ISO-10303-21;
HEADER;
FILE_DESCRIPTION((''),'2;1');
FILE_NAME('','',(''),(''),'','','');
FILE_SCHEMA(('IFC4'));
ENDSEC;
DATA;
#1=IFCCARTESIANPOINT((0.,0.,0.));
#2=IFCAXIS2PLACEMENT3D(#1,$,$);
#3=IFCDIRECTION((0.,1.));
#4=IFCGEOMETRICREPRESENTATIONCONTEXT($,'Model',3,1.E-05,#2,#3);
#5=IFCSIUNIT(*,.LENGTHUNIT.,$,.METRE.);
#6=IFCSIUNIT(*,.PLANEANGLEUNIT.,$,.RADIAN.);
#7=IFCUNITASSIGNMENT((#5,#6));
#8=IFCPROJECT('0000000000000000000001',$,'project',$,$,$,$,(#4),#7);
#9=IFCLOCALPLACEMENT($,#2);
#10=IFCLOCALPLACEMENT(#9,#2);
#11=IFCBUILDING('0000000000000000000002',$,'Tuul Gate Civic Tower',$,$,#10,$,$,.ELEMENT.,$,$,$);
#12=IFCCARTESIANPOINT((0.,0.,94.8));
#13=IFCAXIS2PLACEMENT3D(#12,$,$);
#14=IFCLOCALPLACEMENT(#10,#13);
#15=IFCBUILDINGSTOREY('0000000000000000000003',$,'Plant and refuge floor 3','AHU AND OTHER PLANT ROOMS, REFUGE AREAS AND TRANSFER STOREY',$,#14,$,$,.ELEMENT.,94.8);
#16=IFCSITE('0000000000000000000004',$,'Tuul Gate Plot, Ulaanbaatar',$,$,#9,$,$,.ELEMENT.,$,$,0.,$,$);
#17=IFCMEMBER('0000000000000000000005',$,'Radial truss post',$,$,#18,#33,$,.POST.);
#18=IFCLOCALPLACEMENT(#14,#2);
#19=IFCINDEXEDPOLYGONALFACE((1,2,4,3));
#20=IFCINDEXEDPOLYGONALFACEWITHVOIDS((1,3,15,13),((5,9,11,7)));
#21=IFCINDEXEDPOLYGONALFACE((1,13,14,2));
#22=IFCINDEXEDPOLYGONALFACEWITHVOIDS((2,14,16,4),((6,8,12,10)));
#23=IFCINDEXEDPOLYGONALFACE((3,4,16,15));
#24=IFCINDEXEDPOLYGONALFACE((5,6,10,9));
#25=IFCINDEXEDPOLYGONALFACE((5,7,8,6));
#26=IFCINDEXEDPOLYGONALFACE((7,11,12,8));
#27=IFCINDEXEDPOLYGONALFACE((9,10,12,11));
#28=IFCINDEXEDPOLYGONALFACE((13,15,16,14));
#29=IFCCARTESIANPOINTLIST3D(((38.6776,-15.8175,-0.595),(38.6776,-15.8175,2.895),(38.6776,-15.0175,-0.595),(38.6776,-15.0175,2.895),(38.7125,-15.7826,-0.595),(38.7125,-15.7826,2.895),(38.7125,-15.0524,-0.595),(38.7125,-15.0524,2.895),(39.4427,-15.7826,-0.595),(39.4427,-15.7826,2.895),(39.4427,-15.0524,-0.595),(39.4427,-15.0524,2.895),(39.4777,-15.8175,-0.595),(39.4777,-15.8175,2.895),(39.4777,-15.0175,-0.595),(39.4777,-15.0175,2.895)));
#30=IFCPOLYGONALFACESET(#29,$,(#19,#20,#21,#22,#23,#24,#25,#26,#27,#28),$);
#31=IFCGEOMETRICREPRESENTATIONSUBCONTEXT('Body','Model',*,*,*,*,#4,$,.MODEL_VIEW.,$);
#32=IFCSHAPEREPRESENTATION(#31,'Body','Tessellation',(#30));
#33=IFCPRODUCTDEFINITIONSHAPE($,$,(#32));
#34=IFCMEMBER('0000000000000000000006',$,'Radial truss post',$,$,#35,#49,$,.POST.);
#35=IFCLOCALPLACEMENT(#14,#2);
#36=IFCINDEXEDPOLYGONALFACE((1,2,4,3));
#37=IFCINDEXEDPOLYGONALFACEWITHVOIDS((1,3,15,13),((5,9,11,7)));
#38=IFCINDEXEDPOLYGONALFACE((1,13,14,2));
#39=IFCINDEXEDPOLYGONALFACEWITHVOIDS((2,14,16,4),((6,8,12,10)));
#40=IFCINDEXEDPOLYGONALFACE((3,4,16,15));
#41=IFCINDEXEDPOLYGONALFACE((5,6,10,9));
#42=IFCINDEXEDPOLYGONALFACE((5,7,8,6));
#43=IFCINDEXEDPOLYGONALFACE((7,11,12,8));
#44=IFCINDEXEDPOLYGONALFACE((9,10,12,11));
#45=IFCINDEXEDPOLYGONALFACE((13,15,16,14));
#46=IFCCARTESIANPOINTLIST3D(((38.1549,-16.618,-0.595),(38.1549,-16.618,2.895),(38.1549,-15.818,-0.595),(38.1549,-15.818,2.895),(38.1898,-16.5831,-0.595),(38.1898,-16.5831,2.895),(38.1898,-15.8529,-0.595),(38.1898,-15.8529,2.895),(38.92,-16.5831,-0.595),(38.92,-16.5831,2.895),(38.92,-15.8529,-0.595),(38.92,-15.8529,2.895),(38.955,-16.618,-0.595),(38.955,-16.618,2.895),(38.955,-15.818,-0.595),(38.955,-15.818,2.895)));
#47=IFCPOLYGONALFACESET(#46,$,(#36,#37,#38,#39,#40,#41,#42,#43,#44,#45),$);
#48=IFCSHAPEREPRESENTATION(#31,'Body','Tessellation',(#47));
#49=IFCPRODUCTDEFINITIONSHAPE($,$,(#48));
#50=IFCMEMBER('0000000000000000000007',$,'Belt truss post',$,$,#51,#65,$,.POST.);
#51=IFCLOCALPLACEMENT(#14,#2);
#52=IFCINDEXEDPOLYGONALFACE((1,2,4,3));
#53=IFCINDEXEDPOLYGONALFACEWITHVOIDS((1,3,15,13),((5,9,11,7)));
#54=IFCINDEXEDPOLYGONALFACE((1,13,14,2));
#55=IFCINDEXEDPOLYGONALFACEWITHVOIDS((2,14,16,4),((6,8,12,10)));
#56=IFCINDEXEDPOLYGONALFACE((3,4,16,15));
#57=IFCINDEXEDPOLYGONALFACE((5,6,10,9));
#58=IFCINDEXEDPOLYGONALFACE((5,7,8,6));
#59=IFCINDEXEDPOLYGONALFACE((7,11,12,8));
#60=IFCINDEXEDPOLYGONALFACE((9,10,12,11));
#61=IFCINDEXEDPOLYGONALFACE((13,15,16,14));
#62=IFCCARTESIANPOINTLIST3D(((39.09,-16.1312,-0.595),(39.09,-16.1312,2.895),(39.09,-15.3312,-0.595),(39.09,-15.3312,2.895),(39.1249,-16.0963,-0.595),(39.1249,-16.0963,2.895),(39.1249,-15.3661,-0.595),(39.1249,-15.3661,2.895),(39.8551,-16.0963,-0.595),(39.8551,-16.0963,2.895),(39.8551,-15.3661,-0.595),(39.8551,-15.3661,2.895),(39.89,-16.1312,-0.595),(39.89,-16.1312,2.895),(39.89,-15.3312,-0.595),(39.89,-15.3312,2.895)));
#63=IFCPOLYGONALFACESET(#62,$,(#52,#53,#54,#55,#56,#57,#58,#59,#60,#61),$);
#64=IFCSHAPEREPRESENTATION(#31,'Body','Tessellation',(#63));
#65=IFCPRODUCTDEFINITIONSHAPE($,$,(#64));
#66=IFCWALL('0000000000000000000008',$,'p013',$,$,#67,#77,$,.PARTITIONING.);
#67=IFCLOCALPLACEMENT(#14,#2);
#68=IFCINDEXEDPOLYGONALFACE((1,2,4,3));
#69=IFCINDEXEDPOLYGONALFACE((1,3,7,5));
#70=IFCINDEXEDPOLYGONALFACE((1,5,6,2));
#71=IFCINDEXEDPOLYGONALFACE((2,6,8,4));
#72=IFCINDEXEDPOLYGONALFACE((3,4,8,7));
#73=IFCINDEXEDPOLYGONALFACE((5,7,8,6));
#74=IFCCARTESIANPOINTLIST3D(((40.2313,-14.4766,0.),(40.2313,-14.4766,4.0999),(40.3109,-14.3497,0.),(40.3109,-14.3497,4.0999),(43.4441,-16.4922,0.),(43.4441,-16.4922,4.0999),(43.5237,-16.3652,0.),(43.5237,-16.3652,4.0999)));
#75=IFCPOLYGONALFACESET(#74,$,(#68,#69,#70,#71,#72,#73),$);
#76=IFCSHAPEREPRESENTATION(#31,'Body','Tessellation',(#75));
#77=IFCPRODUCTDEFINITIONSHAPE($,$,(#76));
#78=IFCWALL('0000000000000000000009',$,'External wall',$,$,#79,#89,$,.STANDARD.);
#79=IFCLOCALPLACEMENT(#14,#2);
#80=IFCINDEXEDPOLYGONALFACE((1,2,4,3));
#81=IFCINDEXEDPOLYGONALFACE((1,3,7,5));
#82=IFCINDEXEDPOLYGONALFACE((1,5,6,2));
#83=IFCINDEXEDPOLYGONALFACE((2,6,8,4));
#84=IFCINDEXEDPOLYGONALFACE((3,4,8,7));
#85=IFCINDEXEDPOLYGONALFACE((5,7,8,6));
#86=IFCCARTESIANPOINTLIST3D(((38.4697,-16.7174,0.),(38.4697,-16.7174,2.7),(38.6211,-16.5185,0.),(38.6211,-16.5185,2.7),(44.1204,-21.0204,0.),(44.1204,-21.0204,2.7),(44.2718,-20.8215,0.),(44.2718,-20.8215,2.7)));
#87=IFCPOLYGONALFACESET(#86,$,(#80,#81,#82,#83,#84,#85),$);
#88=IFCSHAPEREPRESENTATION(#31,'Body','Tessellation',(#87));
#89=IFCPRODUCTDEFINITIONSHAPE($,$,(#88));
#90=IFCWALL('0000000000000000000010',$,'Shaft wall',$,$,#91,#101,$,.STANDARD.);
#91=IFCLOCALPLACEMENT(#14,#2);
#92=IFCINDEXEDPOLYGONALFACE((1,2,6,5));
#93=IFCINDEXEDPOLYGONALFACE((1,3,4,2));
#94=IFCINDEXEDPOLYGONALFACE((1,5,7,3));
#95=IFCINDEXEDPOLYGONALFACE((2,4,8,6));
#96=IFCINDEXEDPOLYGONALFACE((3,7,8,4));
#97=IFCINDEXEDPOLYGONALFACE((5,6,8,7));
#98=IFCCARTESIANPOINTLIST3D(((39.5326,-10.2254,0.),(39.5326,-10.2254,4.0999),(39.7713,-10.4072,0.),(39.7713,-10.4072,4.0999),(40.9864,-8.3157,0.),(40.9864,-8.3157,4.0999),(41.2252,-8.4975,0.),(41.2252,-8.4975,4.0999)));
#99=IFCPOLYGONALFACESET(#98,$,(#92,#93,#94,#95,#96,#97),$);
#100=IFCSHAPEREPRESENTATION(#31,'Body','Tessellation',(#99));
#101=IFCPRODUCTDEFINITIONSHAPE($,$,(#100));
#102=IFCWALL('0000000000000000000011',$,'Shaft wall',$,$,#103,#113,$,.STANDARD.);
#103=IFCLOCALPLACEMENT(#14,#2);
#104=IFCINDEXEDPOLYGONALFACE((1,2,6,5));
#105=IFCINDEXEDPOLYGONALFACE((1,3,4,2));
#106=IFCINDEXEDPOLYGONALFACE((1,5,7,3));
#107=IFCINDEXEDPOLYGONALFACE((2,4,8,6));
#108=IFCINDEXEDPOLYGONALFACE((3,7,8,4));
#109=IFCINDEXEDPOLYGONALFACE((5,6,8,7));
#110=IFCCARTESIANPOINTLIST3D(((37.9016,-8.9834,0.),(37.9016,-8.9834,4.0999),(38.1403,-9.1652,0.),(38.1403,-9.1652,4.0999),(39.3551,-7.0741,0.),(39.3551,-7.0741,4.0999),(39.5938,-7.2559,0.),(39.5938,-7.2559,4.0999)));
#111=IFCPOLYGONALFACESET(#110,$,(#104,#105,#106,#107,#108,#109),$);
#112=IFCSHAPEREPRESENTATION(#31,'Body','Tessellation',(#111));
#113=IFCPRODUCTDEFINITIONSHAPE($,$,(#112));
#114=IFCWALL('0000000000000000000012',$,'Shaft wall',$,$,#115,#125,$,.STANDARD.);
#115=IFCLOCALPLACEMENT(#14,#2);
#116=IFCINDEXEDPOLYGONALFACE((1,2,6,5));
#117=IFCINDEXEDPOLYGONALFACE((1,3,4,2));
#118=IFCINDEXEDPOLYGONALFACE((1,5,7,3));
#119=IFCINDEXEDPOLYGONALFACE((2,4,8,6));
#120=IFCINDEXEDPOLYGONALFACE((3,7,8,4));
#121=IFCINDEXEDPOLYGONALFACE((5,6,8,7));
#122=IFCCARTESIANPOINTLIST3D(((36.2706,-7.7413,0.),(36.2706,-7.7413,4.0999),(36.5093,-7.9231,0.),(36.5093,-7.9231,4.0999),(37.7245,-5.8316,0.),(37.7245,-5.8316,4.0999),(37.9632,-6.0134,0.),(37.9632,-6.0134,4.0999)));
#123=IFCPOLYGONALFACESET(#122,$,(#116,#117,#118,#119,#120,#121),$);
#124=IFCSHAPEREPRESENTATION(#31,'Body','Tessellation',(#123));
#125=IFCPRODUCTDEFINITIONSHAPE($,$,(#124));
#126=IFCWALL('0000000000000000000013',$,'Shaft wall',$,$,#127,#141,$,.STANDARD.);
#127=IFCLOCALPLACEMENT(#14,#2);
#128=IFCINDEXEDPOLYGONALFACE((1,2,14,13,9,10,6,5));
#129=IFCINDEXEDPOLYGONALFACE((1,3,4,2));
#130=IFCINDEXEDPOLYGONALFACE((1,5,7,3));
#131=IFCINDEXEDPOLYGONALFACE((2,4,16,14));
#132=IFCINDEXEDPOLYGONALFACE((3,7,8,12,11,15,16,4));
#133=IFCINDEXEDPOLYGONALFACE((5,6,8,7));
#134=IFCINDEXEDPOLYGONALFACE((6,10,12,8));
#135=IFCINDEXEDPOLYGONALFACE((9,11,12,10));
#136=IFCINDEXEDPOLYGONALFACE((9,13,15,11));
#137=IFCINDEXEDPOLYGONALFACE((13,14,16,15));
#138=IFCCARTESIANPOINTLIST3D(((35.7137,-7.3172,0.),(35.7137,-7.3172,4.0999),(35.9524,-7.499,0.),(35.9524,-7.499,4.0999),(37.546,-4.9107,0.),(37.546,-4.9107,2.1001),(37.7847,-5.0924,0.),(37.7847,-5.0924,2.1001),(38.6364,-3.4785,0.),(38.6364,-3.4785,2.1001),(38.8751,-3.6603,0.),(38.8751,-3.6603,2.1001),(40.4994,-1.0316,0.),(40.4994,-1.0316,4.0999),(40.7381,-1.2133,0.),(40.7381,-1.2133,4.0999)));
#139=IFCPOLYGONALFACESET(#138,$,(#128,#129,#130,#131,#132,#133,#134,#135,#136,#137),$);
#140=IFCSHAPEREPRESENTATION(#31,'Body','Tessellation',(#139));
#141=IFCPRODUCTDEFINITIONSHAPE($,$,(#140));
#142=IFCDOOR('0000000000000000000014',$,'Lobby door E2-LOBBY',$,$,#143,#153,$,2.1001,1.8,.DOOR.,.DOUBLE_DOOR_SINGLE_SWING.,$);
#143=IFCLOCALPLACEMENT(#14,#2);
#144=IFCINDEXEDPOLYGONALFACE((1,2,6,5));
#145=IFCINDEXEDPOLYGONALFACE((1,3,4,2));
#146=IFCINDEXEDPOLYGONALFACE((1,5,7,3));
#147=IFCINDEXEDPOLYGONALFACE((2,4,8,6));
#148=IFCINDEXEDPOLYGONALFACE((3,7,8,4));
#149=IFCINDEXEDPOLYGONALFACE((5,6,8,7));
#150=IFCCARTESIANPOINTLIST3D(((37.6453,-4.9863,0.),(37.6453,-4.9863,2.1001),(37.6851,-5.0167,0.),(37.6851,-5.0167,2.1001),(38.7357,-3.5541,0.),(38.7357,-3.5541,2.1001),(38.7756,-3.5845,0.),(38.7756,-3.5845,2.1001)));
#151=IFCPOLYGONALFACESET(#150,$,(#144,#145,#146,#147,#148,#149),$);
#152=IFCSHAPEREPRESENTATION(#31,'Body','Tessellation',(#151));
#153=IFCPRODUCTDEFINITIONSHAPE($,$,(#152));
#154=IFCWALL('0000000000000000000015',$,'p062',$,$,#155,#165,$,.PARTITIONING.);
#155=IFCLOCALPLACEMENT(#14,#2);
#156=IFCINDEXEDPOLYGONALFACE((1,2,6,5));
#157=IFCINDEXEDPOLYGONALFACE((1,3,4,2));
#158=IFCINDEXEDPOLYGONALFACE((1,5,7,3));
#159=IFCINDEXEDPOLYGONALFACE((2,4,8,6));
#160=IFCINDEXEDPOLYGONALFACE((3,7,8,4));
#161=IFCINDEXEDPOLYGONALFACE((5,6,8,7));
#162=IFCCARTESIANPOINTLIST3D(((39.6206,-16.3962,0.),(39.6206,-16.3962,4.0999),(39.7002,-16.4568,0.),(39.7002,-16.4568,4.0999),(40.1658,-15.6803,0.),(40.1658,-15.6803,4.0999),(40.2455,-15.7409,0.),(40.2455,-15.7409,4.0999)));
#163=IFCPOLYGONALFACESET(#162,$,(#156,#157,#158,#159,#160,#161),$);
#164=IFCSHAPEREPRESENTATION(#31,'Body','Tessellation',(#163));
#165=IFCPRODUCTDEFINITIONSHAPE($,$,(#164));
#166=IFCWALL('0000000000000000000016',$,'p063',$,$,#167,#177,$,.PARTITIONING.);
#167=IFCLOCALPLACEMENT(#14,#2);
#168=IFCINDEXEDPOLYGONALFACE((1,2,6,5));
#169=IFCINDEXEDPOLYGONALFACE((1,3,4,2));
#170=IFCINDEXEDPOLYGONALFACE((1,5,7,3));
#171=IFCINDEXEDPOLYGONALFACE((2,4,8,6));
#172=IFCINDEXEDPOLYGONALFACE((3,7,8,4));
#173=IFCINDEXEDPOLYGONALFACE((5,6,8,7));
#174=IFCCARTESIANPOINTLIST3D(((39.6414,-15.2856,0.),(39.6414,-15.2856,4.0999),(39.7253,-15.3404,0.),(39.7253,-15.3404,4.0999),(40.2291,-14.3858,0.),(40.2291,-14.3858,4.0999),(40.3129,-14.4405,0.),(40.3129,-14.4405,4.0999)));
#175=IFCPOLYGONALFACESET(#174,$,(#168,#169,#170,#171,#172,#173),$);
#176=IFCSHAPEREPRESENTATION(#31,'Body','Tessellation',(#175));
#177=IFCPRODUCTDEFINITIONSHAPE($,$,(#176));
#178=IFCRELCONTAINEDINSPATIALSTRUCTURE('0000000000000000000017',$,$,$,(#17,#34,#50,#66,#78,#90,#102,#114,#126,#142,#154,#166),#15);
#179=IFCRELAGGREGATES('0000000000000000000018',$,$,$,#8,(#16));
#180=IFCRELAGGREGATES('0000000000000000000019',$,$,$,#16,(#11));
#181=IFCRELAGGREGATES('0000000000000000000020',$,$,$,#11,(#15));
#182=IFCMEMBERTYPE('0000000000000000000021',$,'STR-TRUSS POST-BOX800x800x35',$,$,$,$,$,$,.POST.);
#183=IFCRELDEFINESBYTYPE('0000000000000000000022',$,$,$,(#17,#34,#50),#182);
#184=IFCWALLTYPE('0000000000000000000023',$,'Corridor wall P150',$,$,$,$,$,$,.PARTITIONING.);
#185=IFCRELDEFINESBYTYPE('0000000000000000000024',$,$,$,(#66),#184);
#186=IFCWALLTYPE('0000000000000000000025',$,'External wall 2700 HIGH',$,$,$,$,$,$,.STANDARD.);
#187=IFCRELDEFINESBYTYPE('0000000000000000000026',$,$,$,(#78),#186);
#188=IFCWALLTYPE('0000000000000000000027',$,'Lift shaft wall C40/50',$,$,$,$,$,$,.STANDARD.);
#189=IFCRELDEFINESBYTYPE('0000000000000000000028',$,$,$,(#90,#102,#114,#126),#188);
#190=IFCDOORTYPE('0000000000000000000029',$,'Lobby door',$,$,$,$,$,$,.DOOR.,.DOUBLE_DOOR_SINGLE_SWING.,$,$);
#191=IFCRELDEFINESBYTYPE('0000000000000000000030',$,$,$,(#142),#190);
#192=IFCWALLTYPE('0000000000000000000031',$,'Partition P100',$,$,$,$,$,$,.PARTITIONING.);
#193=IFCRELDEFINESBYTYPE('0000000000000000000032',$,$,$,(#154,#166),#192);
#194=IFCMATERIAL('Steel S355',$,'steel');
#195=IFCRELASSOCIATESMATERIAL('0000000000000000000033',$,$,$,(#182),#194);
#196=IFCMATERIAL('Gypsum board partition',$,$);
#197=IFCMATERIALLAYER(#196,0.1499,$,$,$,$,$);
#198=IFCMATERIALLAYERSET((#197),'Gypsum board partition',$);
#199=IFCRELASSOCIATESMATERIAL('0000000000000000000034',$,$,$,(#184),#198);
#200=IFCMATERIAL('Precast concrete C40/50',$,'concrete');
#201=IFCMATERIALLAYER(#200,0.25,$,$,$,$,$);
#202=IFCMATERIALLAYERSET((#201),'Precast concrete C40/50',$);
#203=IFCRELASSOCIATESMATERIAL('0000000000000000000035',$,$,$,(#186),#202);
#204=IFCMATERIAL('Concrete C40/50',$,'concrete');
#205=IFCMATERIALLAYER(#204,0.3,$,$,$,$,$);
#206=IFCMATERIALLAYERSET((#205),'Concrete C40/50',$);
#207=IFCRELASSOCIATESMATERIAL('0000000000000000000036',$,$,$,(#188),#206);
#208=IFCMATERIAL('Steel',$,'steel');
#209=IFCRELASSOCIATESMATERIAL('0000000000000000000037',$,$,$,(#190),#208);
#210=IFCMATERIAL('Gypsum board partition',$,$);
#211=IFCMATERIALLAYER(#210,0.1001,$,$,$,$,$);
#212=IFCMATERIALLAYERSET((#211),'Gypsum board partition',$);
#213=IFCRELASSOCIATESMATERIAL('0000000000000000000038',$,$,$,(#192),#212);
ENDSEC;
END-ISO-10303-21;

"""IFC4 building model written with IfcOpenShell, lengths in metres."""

from ifc_helpers import new_model, si_unit, direction, frame, frame_2d, origin, origin_2d, place, context, subcontext, project, spatial, rectangle, hollow_rectangle, extrude, material, layer, layer_set, material_profile, profile_set, type_object, element, fill, save


model = new_model("IFC4")

# Units and contexts
model_context = context("Model", 3, precision=1e-05, world=origin(), true_north=direction((0.0, 1.0)))
body_context = subcontext(model_context, "Body", "Model", "MODEL_VIEW")
ifc_project = project(units=[si_unit("LENGTHUNIT", "METRE"), si_unit("PLANEANGLEUNIT", "RADIAN")], contexts=[model_context])

# Site, building, storey
site_placement = place(None, origin())
site = spatial("IfcSite", under=ifc_project, at=site_placement, Name="Tuul Gate Plot, Ulaanbaatar", CompositionType="ELEMENT", RefElevation=0.0)
building_placement = place(site_placement, origin())
building = spatial("IfcBuilding", under=site, at=building_placement, Name="Tuul Gate Civic Tower", CompositionType="ELEMENT")
storey_placement = place(building_placement, frame((0.0, 0.0, 94.8)))
storey = spatial("IfcBuildingStorey", under=building, at=storey_placement, Name="Plant and refuge floor 3", Description="AHU AND OTHER PLANT ROOMS, REFUGE AREAS AND TRANSFER STOREY", CompositionType="ELEMENT", Elevation=94.8)

# Members
ifc_material_1 = material(Name="Steel S355", Category="steel")
ifc_material_profile_1 = material_profile(ifc_material_1, hollow_rectangle(XDim=0.8, YDim=0.8, WallThickness=0.0349, at=origin_2d()), Name="BOX800x800x35")
ifc_profile_set_1 = profile_set([ifc_material_profile_1], Name="Steel S355")
member_type_1 = type_object("IfcMemberType", Name="STR-TRUSS POST-BOX800x800x35", PredefinedType="POST", material=ifc_profile_set_1)
for number, where, z_axis, x_axis, name in (
    (1, (39.0776, -15.4175, -0.595), (0.0, 0.0, 1.0), (1.0, 0.0, 0.0), "Radial truss post"),
    (2, (38.5549, -16.218, -0.595), (0.0, 0.0, 1.0), (1.0, 0.0, 0.0), "Radial truss post"),
    (3, (39.49, -15.7312, -0.595), (0.0, 0.0, 1.0), (1.0, 0.0, 0.0), "Belt truss post"),
):
    element("IfcMember", number, at=place(storey_placement, frame(where, z_axis=z_axis, x_axis=x_axis)), inside=storey, type_object=member_type_1, Name=name, PredefinedType="POST", context=body_context, shape_type="SweptSolid", body=[
        extrude(hollow_rectangle(XDim=0.8, YDim=0.8, WallThickness=0.0349, at=origin_2d()), origin(), (0.0, 0.0, 1.0), 3.49),
    ])

# Walls
ifc_material_2 = material(Name="Gypsum board partition")
ifc_layer_1 = layer(ifc_material_2, 0.1499)
ifc_layer_set_1 = layer_set([ifc_layer_1], Name="Gypsum board partition")
wall_type_1 = type_object("IfcWallType", Name="Corridor wall P150", PredefinedType="PARTITIONING", material=ifc_layer_set_1)
wall_1_placement = place(storey_placement, frame((40.271, -14.4131, 0.0), z_axis=(0.0, 0.0, 1.0), x_axis=(0.8471, -0.531433, 0.0)))
element("IfcWall", 4, at=wall_1_placement, inside=storey, type_object=wall_type_1, Name="p013", PredefinedType="PARTITIONING", context=body_context, shape_type="SweptSolid", body=[
    extrude(rectangle(XDim=3.7927, YDim=0.1499, at=frame_2d((1.8965, 0.0))), origin(), (0.0, 0.0, 1.0), 4.0999),
])
ifc_material_3 = material(Name="Precast concrete C40/50", Category="concrete")
ifc_layer_2 = layer(ifc_material_3, 0.25)
ifc_layer_set_2 = layer_set([ifc_layer_2], Name="Precast concrete C40/50")
wall_type_2 = type_object("IfcWallType", Name="External wall 2700 HIGH", PredefinedType="STANDARD", material=ifc_layer_set_2)
wall_2_placement = place(storey_placement, frame((38.5454, -16.6179, 0.0), z_axis=(0.0, 0.0, 1.0), x_axis=(0.795586, -0.605841, 0.0)))
element("IfcWall", 5, at=wall_2_placement, inside=storey, type_object=wall_type_2, Name="External wall", PredefinedType="STANDARD", context=body_context, shape_type="SweptSolid", body=[
    extrude(rectangle(XDim=7.1025, YDim=0.25, at=frame_2d((3.5513, 0.0))), origin(), (0.0, 0.0, 1.0), 2.7),
])
ifc_material_4 = material(Name="Concrete C40/50", Category="concrete")
ifc_layer_3 = layer(ifc_material_4, 0.3)
ifc_layer_set_3 = layer_set([ifc_layer_3], Name="Concrete C40/50")
wall_type_3 = type_object("IfcWallType", Name="Lift shaft wall C40/50", PredefinedType="STANDARD", material=ifc_layer_set_3)
wall_3_placement = place(storey_placement, frame((39.6519, -10.3164, 0.0), z_axis=(0.0, 0.0, 1.0), x_axis=(0.605746, 0.795658, 0.0)))
element("IfcWall", 6, at=wall_3_placement, inside=storey, type_object=wall_type_3, Name="Shaft wall", PredefinedType="STANDARD", context=body_context, shape_type="SweptSolid", body=[
    extrude(rectangle(XDim=2.4001, YDim=0.3, at=frame_2d((1.2002, 0.0))), origin(), (0.0, 0.0, 1.0), 4.0999),
])
wall_4_placement = place(storey_placement, frame((38.021, -9.0742, 0.0), z_axis=(0.0, 0.0, 1.0), x_axis=(0.605731, 0.79567, 0.0)))
element("IfcWall", 7, at=wall_4_placement, inside=storey, type_object=wall_type_3, Name="Shaft wall", PredefinedType="STANDARD", context=body_context, shape_type="SweptSolid", body=[
    extrude(rectangle(XDim=2.3997, YDim=0.3, at=frame_2d((1.1997, 0.0))), origin(), (0.0, 0.0, 1.0), 4.0999),
])
wall_5_placement = place(storey_placement, frame((36.3899, -7.8323, 0.0), z_axis=(0.0, 0.0, 1.0), x_axis=(0.605746, 0.795658, 0.0)))
element("IfcWall", 8, at=wall_5_placement, inside=storey, type_object=wall_type_3, Name="Shaft wall", PredefinedType="STANDARD", context=body_context, shape_type="SweptSolid", body=[
    extrude(rectangle(XDim=2.4001, YDim=0.3, at=frame_2d((1.2002, 0.0))), origin(), (0.0, 0.0, 1.0), 4.0999),
])

# Wall, opening, door
wall_6_placement = place(storey_placement, frame((35.833, -7.4082, 0.0), z_axis=(0.0, 0.0, 1.0), x_axis=(0.605769, 0.79564, 0.0)))
wall_6 = element("IfcWall", 9, at=wall_6_placement, inside=storey, type_object=wall_type_3, Name="Shaft wall", PredefinedType="STANDARD", context=body_context, shape_type="SweptSolid", body=[
    extrude(rectangle(XDim=7.9001, YDim=0.3, at=frame_2d((3.9502, 0.0))), origin(), (0.0, 0.0, 1.0), 4.0999),
])
opening_placement = place(wall_6_placement, frame((3.0249, 0.0, 0.0)))
opening = element("IfcOpeningElement", 10, at=opening_placement, cuts=wall_6, PredefinedType="OPENING", context=body_context, shape_type="SweptSolid", body=[
    extrude(rectangle(XDim=1.8, YDim=2.1001, at=frame_2d((0.8999, 1.05))), frame((0.0, 0.1602, 0.0), z_axis=(0.0, -1.0, 0.0), x_axis=(1.0, 0.0, 0.0)), (0.0, 0.0, 1.0), 0.3201),
])
ifc_material_5 = material(Name="Steel", Category="steel")
door_type = type_object("IfcDoorType", Name="Lobby door", OperationType="DOUBLE_DOOR_SINGLE_SWING", PredefinedType="DOOR", material=ifc_material_5)
door_placement = place(opening_placement, frame((1.8, 0.0, 0.0), z_axis=(0.0, 0.0, 1.0), x_axis=(-1.0, 0.0, 0.0)))
door = element("IfcDoor", 11, at=door_placement, inside=storey, type_object=door_type, Name="Lobby door E2-LOBBY", OperationType="DOUBLE_DOOR_SINGLE_SWING", OverallHeight=2.1001, OverallWidth=1.8, PredefinedType="DOOR", context=body_context, shape_type="SweptSolid", body=[
    extrude(rectangle(XDim=1.8, YDim=2.1001, at=frame_2d((0.9001, 1.05))), frame((0.0, 0.0249, 0.0), z_axis=(0.0, -1.0, 0.0), x_axis=(1.0, 0.0, 0.0)), (0.0, 0.0, 1.0), 0.05),
])
fill(opening, door)

# Walls
ifc_material_6 = material(Name="Gypsum board partition")
ifc_layer_4 = layer(ifc_material_6, 0.1001)
ifc_layer_set_4 = layer_set([ifc_layer_4], Name="Gypsum board partition")
wall_type_4 = type_object("IfcWallType", Name="Partition P100", PredefinedType="PARTITIONING", material=ifc_layer_set_4)
wall_7_placement = place(storey_placement, frame((39.6604, -16.4265, 0.0), z_axis=(0.0, 0.0, 1.0), x_axis=(0.605888, 0.79555, 0.0)))
element("IfcWall", 12, at=wall_7_placement, inside=storey, type_object=wall_type_4, Name="p062", PredefinedType="PARTITIONING", context=body_context, shape_type="SweptSolid", body=[
    extrude(rectangle(XDim=0.8999, YDim=0.1001, at=frame_2d((0.45, 0.0))), origin(), (0.0, 0.0, 1.0), 4.0999),
])
wall_8_placement = place(storey_placement, frame((39.6833, -15.313, 0.0), z_axis=(0.0, 0.0, 1.0), x_axis=(0.54676, 0.83729, 0.0)))
element("IfcWall", 13, at=wall_8_placement, inside=storey, type_object=wall_type_4, Name="p063", PredefinedType="PARTITIONING", context=body_context, shape_type="SweptSolid", body=[
    extrude(rectangle(XDim=1.0747, YDim=0.1001, at=frame_2d((0.5374, 0.0))), origin(), (0.0, 0.0, 1.0), 4.0999),
])

save(model, "model.ifc")
